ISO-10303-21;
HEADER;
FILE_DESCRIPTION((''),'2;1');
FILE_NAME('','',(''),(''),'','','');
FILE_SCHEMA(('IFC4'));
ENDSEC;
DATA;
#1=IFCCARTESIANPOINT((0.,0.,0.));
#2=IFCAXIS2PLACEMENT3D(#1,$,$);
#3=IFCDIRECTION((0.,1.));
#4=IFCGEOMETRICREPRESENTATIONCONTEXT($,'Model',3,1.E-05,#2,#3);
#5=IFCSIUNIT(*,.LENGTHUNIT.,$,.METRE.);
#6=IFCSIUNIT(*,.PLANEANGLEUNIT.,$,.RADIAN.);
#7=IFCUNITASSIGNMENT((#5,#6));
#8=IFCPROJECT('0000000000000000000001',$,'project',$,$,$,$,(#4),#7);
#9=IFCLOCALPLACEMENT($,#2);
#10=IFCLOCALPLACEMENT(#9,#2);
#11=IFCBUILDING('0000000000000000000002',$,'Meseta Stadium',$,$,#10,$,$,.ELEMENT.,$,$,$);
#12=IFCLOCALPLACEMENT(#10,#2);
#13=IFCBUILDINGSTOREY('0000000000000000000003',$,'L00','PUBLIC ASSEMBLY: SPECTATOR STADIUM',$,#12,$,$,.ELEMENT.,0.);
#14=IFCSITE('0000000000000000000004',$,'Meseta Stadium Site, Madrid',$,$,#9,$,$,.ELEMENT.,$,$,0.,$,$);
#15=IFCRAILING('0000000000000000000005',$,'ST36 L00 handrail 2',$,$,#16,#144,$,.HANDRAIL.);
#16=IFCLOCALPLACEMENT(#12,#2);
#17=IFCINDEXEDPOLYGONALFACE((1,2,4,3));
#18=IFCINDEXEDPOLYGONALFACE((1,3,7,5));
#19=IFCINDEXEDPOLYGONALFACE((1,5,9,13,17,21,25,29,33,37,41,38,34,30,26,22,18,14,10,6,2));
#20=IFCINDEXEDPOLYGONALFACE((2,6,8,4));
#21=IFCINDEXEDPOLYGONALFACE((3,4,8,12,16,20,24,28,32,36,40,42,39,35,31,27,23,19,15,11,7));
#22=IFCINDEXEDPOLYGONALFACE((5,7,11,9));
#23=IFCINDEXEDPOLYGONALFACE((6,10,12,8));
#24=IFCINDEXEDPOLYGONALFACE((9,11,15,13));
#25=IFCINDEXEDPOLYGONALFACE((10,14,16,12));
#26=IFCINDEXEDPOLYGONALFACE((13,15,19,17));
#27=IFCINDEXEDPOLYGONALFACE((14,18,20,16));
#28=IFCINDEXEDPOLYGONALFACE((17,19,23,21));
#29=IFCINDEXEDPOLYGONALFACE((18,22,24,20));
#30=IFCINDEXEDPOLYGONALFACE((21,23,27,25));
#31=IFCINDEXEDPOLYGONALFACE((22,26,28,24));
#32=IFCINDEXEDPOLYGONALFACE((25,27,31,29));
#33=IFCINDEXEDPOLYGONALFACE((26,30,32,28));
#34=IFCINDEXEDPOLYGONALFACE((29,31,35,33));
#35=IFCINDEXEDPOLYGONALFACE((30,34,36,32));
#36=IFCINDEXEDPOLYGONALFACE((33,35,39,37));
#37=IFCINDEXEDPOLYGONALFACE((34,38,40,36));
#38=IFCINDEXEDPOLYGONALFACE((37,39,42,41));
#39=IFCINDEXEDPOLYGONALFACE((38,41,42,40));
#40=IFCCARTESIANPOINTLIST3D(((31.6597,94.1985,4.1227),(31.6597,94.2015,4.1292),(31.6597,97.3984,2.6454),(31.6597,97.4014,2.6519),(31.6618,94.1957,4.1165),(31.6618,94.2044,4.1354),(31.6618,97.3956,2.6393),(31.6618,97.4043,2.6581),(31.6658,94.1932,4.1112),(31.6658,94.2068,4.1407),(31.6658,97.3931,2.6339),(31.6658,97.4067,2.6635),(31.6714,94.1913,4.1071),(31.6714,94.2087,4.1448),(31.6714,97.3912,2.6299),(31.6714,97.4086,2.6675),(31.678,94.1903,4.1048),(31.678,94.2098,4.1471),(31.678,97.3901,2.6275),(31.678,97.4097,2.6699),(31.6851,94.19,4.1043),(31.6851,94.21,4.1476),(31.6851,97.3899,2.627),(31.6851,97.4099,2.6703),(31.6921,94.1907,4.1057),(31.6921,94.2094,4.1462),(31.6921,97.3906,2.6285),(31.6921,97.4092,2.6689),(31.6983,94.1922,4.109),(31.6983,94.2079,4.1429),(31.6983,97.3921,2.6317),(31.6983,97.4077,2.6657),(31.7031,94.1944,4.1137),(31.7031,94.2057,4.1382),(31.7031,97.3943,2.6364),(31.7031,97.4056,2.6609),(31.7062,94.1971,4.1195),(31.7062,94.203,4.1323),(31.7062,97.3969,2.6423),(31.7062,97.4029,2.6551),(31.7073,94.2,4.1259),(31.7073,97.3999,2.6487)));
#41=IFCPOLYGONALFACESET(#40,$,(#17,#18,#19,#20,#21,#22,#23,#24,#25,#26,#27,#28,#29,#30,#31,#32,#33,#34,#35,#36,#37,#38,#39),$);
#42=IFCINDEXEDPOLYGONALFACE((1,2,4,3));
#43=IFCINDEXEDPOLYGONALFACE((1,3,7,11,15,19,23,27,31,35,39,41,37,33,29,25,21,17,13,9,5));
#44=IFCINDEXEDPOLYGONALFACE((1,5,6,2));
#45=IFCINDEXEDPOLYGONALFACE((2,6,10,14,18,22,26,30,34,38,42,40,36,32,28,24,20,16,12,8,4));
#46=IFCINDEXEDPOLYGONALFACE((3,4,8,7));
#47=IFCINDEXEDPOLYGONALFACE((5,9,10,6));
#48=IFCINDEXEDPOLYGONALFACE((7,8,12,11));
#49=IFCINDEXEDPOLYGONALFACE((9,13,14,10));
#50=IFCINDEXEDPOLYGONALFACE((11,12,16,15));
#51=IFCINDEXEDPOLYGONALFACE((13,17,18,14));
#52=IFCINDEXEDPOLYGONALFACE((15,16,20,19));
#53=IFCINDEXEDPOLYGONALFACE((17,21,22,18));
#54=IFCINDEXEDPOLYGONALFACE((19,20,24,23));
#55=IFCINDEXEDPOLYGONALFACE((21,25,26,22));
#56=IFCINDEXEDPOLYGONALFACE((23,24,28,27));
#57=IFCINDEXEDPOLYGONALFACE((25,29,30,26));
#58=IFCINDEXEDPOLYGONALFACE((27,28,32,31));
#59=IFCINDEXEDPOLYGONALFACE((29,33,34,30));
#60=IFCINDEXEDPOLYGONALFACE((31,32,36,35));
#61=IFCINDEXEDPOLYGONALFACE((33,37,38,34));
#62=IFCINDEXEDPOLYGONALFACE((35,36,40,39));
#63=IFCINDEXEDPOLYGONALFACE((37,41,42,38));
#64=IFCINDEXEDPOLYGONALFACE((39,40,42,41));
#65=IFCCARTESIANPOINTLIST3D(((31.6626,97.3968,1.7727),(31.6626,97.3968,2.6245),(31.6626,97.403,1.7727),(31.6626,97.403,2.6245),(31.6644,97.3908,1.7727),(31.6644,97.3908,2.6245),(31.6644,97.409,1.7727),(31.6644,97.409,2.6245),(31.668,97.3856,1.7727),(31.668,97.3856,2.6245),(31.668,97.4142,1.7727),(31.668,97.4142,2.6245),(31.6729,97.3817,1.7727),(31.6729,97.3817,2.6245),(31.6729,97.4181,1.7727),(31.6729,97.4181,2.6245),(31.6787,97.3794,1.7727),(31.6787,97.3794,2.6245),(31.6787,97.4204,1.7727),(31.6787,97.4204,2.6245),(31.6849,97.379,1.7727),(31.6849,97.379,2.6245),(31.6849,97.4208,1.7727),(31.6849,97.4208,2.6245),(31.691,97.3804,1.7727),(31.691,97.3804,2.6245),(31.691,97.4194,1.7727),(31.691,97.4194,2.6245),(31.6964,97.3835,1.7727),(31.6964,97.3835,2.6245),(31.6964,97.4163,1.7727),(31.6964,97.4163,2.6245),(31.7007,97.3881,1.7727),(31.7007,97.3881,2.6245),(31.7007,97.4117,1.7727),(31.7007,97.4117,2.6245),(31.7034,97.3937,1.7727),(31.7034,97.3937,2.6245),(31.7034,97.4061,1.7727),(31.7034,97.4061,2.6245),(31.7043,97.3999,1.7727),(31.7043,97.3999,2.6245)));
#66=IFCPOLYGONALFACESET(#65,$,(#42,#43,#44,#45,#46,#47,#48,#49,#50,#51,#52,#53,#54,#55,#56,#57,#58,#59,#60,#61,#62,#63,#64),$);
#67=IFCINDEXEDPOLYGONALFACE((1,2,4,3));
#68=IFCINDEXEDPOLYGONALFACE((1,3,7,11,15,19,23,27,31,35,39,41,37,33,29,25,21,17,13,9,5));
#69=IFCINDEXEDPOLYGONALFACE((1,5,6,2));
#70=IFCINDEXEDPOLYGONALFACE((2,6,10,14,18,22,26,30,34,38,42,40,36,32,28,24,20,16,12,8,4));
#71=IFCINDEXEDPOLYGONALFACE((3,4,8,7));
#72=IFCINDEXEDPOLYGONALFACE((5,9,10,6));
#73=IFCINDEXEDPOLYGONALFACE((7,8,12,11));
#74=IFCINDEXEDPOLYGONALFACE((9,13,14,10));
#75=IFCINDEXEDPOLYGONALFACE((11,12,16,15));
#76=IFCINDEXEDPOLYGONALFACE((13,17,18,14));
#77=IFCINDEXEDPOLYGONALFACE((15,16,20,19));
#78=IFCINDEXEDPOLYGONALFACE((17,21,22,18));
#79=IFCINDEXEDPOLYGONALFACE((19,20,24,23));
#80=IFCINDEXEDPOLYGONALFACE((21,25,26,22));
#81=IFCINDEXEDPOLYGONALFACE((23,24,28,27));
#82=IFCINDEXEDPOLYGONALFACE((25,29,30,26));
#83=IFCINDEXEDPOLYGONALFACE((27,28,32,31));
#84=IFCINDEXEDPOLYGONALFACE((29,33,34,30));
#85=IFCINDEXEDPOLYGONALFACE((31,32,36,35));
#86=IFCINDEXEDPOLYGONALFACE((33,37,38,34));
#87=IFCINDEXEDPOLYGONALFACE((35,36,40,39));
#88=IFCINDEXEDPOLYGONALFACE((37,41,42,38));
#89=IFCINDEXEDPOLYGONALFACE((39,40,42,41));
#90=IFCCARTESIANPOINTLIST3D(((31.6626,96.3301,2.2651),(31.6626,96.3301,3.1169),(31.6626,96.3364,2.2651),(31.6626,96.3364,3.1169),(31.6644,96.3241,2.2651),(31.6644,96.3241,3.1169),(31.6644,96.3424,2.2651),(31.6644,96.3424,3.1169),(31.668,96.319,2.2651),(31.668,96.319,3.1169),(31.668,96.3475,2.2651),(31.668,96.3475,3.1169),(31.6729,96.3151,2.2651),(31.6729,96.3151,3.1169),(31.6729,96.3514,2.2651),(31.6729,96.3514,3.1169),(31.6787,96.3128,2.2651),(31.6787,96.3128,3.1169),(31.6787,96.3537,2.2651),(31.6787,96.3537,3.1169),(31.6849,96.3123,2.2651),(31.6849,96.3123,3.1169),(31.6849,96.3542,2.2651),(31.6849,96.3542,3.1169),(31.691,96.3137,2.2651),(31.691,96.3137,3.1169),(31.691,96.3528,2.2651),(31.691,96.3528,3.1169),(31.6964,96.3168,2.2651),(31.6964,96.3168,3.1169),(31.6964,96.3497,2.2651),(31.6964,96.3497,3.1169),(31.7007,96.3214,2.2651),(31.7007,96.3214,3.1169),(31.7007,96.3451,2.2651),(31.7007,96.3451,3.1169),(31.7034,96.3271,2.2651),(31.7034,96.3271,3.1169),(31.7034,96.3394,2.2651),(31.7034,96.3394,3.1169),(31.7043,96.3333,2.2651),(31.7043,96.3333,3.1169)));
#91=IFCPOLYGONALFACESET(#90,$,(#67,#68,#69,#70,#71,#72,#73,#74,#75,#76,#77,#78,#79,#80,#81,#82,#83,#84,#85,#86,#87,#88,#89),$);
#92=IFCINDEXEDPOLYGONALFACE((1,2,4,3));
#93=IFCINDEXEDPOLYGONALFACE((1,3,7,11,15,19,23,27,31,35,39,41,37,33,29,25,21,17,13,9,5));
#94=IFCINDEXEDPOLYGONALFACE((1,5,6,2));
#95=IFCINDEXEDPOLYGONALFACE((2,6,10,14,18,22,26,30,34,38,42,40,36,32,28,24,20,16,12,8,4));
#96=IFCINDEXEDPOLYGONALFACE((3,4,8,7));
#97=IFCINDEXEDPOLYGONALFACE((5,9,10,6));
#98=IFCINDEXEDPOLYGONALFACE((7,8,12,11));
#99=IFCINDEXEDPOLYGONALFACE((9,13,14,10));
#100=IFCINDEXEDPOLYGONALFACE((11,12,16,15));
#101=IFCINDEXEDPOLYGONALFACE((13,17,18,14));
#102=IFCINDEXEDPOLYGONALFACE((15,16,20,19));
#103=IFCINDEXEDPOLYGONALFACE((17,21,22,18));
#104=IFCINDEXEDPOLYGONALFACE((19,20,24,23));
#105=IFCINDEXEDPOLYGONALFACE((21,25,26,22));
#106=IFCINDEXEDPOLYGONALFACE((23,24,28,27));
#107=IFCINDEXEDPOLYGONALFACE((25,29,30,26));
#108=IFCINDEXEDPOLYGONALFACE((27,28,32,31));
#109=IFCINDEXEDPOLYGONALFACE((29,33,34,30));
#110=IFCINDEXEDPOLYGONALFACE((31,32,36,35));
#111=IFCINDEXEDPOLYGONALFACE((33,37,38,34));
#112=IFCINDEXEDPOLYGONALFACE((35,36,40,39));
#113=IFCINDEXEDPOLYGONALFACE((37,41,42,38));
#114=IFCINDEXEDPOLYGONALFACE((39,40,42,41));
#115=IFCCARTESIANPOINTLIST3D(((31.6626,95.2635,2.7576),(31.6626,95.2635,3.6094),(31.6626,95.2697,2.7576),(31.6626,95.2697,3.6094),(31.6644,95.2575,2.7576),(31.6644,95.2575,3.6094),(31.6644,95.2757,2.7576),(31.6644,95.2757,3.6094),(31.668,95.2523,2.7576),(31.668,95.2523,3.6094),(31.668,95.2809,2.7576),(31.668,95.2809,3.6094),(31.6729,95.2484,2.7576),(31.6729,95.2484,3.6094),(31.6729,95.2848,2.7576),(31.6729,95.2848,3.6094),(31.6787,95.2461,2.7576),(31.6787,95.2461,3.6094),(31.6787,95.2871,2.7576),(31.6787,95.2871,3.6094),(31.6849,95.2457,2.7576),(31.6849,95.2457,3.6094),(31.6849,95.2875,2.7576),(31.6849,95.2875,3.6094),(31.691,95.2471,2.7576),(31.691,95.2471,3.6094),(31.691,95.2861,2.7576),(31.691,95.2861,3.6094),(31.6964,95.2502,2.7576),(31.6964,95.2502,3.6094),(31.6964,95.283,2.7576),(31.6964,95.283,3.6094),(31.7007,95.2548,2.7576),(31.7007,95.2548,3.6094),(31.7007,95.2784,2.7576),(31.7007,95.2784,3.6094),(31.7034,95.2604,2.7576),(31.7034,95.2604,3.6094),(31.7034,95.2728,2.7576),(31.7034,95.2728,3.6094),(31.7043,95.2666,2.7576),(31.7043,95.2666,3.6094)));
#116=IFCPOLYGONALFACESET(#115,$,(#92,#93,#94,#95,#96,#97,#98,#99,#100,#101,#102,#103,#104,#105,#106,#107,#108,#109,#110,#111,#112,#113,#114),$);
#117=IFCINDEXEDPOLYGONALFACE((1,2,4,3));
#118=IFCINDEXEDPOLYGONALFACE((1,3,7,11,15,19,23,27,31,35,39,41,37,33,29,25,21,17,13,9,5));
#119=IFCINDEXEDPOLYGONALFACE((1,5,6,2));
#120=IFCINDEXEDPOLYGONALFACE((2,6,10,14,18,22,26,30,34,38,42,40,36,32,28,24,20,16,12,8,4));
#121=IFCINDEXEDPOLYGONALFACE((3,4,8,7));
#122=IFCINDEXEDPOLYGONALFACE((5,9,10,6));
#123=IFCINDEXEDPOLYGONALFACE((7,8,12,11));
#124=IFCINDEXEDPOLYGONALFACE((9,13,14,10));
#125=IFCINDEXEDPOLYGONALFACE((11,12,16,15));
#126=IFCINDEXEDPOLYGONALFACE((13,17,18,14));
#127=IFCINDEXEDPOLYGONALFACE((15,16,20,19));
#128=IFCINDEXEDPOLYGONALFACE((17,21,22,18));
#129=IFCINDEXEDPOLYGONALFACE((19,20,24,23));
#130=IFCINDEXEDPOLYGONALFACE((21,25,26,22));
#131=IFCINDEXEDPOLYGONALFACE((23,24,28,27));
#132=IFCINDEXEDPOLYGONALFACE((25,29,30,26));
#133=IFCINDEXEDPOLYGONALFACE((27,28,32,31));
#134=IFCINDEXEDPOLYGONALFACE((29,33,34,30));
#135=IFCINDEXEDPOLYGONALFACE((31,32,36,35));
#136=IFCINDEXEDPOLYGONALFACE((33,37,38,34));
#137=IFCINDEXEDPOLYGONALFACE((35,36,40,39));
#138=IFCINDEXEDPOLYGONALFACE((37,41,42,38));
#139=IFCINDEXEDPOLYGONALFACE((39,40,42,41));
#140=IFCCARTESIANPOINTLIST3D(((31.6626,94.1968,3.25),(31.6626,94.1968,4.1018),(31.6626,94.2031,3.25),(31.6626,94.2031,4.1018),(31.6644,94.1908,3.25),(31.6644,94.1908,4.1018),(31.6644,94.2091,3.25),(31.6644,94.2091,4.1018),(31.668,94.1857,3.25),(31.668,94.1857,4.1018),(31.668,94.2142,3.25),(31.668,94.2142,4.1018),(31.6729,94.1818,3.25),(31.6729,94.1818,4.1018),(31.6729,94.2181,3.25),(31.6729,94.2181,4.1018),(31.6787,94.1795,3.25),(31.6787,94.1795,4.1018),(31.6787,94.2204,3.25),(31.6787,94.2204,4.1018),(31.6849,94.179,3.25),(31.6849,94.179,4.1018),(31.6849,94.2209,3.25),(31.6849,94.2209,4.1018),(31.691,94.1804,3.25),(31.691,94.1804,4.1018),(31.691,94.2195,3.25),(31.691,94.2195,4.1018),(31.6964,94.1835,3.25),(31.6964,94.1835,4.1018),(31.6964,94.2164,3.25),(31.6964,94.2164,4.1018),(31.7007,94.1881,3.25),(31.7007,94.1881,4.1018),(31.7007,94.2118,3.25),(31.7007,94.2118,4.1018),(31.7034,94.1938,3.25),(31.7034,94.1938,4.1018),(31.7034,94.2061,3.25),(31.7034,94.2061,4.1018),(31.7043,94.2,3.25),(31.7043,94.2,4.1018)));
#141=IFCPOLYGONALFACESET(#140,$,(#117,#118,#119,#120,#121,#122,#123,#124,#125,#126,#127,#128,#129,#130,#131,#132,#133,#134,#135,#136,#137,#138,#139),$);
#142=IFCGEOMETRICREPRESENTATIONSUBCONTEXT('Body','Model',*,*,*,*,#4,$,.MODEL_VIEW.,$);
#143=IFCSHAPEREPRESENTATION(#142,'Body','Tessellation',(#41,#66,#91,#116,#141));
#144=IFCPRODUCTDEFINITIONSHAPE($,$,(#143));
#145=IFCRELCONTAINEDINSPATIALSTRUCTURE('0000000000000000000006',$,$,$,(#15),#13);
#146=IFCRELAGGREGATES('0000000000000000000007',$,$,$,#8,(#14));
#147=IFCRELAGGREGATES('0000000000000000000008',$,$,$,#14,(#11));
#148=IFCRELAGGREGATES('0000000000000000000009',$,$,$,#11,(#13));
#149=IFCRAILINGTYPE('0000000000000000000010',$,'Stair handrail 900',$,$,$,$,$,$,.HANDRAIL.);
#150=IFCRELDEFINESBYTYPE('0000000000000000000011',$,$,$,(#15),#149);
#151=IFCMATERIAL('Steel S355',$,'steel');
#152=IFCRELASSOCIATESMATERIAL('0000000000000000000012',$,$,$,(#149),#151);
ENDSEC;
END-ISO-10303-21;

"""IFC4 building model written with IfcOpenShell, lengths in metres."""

from ifc_helpers import new_model, si_unit, direction, frame, origin, origin_2d, place, context, subcontext, project, spatial, circle, extrude, material, type_object, element, save


model = new_model("IFC4")

# Units and contexts
model_context = context("Model", 3, precision=1e-05, world=origin(), true_north=direction((0.0, 1.0)))
body_context = subcontext(model_context, "Body", "Model", "MODEL_VIEW")
ifc_project = project(units=[si_unit("LENGTHUNIT", "METRE"), si_unit("PLANEANGLEUNIT", "RADIAN")], contexts=[model_context])

# Site, building, storey
site_placement = place(None, origin())
site = spatial("IfcSite", under=ifc_project, at=site_placement, Name="Meseta Stadium Site, Madrid", CompositionType="ELEMENT", RefElevation=0.0)
building_placement = place(site_placement, origin())
building = spatial("IfcBuilding", under=site, at=building_placement, Name="Meseta Stadium", CompositionType="ELEMENT")
storey_placement = place(building_placement, origin())
storey = spatial("IfcBuildingStorey", under=building, at=storey_placement, Name="L00", Description="PUBLIC ASSEMBLY: SPECTATOR STADIUM", CompositionType="ELEMENT", Elevation=0.0)

# Railing
ifc_material_1 = material(Name="Steel S355", Category="steel")
railing_type_1 = type_object("IfcRailingType", Name="Stair handrail 900", PredefinedType="HANDRAIL", material=ifc_material_1)
for number, where, name in (
    (1, (31.6833, 97.3999, 1.7727), "ST36 L00 handrail 2"),
):
    element("IfcRailing", number, at=place(storey_placement, frame(where)), inside=storey, type_object=railing_type_1, Name=name, PredefinedType="HANDRAIL", context=body_context, shape_type="SweptSolid", body=[
        extrude(circle(Radius=0.0239, at=origin_2d()), frame((0.0, 0.0, 0.876), z_axis=(0.0, -0.907917, 0.41915), x_axis=(1.0, 0.0, 0.0)), (0.0, 0.0, 1.0), 3.5244),
        extrude(circle(Radius=0.021, at=origin_2d()), origin(), (0.0, 0.0, 1.0), 0.8518),
        extrude(circle(Radius=0.021, at=origin_2d()), frame((0.0, -1.0667, 0.4924)), (0.0, 0.0, 1.0), 0.8518),
        extrude(circle(Radius=0.021, at=origin_2d()), frame((0.0, -2.1333, 0.9849)), (0.0, 0.0, 1.0), 0.8518),
        extrude(circle(Radius=0.021, at=origin_2d()), frame((0.0, -3.2, 1.4773)), (0.0, 0.0, 1.0), 0.8518),
    ])

save(model, "model.ifc")
